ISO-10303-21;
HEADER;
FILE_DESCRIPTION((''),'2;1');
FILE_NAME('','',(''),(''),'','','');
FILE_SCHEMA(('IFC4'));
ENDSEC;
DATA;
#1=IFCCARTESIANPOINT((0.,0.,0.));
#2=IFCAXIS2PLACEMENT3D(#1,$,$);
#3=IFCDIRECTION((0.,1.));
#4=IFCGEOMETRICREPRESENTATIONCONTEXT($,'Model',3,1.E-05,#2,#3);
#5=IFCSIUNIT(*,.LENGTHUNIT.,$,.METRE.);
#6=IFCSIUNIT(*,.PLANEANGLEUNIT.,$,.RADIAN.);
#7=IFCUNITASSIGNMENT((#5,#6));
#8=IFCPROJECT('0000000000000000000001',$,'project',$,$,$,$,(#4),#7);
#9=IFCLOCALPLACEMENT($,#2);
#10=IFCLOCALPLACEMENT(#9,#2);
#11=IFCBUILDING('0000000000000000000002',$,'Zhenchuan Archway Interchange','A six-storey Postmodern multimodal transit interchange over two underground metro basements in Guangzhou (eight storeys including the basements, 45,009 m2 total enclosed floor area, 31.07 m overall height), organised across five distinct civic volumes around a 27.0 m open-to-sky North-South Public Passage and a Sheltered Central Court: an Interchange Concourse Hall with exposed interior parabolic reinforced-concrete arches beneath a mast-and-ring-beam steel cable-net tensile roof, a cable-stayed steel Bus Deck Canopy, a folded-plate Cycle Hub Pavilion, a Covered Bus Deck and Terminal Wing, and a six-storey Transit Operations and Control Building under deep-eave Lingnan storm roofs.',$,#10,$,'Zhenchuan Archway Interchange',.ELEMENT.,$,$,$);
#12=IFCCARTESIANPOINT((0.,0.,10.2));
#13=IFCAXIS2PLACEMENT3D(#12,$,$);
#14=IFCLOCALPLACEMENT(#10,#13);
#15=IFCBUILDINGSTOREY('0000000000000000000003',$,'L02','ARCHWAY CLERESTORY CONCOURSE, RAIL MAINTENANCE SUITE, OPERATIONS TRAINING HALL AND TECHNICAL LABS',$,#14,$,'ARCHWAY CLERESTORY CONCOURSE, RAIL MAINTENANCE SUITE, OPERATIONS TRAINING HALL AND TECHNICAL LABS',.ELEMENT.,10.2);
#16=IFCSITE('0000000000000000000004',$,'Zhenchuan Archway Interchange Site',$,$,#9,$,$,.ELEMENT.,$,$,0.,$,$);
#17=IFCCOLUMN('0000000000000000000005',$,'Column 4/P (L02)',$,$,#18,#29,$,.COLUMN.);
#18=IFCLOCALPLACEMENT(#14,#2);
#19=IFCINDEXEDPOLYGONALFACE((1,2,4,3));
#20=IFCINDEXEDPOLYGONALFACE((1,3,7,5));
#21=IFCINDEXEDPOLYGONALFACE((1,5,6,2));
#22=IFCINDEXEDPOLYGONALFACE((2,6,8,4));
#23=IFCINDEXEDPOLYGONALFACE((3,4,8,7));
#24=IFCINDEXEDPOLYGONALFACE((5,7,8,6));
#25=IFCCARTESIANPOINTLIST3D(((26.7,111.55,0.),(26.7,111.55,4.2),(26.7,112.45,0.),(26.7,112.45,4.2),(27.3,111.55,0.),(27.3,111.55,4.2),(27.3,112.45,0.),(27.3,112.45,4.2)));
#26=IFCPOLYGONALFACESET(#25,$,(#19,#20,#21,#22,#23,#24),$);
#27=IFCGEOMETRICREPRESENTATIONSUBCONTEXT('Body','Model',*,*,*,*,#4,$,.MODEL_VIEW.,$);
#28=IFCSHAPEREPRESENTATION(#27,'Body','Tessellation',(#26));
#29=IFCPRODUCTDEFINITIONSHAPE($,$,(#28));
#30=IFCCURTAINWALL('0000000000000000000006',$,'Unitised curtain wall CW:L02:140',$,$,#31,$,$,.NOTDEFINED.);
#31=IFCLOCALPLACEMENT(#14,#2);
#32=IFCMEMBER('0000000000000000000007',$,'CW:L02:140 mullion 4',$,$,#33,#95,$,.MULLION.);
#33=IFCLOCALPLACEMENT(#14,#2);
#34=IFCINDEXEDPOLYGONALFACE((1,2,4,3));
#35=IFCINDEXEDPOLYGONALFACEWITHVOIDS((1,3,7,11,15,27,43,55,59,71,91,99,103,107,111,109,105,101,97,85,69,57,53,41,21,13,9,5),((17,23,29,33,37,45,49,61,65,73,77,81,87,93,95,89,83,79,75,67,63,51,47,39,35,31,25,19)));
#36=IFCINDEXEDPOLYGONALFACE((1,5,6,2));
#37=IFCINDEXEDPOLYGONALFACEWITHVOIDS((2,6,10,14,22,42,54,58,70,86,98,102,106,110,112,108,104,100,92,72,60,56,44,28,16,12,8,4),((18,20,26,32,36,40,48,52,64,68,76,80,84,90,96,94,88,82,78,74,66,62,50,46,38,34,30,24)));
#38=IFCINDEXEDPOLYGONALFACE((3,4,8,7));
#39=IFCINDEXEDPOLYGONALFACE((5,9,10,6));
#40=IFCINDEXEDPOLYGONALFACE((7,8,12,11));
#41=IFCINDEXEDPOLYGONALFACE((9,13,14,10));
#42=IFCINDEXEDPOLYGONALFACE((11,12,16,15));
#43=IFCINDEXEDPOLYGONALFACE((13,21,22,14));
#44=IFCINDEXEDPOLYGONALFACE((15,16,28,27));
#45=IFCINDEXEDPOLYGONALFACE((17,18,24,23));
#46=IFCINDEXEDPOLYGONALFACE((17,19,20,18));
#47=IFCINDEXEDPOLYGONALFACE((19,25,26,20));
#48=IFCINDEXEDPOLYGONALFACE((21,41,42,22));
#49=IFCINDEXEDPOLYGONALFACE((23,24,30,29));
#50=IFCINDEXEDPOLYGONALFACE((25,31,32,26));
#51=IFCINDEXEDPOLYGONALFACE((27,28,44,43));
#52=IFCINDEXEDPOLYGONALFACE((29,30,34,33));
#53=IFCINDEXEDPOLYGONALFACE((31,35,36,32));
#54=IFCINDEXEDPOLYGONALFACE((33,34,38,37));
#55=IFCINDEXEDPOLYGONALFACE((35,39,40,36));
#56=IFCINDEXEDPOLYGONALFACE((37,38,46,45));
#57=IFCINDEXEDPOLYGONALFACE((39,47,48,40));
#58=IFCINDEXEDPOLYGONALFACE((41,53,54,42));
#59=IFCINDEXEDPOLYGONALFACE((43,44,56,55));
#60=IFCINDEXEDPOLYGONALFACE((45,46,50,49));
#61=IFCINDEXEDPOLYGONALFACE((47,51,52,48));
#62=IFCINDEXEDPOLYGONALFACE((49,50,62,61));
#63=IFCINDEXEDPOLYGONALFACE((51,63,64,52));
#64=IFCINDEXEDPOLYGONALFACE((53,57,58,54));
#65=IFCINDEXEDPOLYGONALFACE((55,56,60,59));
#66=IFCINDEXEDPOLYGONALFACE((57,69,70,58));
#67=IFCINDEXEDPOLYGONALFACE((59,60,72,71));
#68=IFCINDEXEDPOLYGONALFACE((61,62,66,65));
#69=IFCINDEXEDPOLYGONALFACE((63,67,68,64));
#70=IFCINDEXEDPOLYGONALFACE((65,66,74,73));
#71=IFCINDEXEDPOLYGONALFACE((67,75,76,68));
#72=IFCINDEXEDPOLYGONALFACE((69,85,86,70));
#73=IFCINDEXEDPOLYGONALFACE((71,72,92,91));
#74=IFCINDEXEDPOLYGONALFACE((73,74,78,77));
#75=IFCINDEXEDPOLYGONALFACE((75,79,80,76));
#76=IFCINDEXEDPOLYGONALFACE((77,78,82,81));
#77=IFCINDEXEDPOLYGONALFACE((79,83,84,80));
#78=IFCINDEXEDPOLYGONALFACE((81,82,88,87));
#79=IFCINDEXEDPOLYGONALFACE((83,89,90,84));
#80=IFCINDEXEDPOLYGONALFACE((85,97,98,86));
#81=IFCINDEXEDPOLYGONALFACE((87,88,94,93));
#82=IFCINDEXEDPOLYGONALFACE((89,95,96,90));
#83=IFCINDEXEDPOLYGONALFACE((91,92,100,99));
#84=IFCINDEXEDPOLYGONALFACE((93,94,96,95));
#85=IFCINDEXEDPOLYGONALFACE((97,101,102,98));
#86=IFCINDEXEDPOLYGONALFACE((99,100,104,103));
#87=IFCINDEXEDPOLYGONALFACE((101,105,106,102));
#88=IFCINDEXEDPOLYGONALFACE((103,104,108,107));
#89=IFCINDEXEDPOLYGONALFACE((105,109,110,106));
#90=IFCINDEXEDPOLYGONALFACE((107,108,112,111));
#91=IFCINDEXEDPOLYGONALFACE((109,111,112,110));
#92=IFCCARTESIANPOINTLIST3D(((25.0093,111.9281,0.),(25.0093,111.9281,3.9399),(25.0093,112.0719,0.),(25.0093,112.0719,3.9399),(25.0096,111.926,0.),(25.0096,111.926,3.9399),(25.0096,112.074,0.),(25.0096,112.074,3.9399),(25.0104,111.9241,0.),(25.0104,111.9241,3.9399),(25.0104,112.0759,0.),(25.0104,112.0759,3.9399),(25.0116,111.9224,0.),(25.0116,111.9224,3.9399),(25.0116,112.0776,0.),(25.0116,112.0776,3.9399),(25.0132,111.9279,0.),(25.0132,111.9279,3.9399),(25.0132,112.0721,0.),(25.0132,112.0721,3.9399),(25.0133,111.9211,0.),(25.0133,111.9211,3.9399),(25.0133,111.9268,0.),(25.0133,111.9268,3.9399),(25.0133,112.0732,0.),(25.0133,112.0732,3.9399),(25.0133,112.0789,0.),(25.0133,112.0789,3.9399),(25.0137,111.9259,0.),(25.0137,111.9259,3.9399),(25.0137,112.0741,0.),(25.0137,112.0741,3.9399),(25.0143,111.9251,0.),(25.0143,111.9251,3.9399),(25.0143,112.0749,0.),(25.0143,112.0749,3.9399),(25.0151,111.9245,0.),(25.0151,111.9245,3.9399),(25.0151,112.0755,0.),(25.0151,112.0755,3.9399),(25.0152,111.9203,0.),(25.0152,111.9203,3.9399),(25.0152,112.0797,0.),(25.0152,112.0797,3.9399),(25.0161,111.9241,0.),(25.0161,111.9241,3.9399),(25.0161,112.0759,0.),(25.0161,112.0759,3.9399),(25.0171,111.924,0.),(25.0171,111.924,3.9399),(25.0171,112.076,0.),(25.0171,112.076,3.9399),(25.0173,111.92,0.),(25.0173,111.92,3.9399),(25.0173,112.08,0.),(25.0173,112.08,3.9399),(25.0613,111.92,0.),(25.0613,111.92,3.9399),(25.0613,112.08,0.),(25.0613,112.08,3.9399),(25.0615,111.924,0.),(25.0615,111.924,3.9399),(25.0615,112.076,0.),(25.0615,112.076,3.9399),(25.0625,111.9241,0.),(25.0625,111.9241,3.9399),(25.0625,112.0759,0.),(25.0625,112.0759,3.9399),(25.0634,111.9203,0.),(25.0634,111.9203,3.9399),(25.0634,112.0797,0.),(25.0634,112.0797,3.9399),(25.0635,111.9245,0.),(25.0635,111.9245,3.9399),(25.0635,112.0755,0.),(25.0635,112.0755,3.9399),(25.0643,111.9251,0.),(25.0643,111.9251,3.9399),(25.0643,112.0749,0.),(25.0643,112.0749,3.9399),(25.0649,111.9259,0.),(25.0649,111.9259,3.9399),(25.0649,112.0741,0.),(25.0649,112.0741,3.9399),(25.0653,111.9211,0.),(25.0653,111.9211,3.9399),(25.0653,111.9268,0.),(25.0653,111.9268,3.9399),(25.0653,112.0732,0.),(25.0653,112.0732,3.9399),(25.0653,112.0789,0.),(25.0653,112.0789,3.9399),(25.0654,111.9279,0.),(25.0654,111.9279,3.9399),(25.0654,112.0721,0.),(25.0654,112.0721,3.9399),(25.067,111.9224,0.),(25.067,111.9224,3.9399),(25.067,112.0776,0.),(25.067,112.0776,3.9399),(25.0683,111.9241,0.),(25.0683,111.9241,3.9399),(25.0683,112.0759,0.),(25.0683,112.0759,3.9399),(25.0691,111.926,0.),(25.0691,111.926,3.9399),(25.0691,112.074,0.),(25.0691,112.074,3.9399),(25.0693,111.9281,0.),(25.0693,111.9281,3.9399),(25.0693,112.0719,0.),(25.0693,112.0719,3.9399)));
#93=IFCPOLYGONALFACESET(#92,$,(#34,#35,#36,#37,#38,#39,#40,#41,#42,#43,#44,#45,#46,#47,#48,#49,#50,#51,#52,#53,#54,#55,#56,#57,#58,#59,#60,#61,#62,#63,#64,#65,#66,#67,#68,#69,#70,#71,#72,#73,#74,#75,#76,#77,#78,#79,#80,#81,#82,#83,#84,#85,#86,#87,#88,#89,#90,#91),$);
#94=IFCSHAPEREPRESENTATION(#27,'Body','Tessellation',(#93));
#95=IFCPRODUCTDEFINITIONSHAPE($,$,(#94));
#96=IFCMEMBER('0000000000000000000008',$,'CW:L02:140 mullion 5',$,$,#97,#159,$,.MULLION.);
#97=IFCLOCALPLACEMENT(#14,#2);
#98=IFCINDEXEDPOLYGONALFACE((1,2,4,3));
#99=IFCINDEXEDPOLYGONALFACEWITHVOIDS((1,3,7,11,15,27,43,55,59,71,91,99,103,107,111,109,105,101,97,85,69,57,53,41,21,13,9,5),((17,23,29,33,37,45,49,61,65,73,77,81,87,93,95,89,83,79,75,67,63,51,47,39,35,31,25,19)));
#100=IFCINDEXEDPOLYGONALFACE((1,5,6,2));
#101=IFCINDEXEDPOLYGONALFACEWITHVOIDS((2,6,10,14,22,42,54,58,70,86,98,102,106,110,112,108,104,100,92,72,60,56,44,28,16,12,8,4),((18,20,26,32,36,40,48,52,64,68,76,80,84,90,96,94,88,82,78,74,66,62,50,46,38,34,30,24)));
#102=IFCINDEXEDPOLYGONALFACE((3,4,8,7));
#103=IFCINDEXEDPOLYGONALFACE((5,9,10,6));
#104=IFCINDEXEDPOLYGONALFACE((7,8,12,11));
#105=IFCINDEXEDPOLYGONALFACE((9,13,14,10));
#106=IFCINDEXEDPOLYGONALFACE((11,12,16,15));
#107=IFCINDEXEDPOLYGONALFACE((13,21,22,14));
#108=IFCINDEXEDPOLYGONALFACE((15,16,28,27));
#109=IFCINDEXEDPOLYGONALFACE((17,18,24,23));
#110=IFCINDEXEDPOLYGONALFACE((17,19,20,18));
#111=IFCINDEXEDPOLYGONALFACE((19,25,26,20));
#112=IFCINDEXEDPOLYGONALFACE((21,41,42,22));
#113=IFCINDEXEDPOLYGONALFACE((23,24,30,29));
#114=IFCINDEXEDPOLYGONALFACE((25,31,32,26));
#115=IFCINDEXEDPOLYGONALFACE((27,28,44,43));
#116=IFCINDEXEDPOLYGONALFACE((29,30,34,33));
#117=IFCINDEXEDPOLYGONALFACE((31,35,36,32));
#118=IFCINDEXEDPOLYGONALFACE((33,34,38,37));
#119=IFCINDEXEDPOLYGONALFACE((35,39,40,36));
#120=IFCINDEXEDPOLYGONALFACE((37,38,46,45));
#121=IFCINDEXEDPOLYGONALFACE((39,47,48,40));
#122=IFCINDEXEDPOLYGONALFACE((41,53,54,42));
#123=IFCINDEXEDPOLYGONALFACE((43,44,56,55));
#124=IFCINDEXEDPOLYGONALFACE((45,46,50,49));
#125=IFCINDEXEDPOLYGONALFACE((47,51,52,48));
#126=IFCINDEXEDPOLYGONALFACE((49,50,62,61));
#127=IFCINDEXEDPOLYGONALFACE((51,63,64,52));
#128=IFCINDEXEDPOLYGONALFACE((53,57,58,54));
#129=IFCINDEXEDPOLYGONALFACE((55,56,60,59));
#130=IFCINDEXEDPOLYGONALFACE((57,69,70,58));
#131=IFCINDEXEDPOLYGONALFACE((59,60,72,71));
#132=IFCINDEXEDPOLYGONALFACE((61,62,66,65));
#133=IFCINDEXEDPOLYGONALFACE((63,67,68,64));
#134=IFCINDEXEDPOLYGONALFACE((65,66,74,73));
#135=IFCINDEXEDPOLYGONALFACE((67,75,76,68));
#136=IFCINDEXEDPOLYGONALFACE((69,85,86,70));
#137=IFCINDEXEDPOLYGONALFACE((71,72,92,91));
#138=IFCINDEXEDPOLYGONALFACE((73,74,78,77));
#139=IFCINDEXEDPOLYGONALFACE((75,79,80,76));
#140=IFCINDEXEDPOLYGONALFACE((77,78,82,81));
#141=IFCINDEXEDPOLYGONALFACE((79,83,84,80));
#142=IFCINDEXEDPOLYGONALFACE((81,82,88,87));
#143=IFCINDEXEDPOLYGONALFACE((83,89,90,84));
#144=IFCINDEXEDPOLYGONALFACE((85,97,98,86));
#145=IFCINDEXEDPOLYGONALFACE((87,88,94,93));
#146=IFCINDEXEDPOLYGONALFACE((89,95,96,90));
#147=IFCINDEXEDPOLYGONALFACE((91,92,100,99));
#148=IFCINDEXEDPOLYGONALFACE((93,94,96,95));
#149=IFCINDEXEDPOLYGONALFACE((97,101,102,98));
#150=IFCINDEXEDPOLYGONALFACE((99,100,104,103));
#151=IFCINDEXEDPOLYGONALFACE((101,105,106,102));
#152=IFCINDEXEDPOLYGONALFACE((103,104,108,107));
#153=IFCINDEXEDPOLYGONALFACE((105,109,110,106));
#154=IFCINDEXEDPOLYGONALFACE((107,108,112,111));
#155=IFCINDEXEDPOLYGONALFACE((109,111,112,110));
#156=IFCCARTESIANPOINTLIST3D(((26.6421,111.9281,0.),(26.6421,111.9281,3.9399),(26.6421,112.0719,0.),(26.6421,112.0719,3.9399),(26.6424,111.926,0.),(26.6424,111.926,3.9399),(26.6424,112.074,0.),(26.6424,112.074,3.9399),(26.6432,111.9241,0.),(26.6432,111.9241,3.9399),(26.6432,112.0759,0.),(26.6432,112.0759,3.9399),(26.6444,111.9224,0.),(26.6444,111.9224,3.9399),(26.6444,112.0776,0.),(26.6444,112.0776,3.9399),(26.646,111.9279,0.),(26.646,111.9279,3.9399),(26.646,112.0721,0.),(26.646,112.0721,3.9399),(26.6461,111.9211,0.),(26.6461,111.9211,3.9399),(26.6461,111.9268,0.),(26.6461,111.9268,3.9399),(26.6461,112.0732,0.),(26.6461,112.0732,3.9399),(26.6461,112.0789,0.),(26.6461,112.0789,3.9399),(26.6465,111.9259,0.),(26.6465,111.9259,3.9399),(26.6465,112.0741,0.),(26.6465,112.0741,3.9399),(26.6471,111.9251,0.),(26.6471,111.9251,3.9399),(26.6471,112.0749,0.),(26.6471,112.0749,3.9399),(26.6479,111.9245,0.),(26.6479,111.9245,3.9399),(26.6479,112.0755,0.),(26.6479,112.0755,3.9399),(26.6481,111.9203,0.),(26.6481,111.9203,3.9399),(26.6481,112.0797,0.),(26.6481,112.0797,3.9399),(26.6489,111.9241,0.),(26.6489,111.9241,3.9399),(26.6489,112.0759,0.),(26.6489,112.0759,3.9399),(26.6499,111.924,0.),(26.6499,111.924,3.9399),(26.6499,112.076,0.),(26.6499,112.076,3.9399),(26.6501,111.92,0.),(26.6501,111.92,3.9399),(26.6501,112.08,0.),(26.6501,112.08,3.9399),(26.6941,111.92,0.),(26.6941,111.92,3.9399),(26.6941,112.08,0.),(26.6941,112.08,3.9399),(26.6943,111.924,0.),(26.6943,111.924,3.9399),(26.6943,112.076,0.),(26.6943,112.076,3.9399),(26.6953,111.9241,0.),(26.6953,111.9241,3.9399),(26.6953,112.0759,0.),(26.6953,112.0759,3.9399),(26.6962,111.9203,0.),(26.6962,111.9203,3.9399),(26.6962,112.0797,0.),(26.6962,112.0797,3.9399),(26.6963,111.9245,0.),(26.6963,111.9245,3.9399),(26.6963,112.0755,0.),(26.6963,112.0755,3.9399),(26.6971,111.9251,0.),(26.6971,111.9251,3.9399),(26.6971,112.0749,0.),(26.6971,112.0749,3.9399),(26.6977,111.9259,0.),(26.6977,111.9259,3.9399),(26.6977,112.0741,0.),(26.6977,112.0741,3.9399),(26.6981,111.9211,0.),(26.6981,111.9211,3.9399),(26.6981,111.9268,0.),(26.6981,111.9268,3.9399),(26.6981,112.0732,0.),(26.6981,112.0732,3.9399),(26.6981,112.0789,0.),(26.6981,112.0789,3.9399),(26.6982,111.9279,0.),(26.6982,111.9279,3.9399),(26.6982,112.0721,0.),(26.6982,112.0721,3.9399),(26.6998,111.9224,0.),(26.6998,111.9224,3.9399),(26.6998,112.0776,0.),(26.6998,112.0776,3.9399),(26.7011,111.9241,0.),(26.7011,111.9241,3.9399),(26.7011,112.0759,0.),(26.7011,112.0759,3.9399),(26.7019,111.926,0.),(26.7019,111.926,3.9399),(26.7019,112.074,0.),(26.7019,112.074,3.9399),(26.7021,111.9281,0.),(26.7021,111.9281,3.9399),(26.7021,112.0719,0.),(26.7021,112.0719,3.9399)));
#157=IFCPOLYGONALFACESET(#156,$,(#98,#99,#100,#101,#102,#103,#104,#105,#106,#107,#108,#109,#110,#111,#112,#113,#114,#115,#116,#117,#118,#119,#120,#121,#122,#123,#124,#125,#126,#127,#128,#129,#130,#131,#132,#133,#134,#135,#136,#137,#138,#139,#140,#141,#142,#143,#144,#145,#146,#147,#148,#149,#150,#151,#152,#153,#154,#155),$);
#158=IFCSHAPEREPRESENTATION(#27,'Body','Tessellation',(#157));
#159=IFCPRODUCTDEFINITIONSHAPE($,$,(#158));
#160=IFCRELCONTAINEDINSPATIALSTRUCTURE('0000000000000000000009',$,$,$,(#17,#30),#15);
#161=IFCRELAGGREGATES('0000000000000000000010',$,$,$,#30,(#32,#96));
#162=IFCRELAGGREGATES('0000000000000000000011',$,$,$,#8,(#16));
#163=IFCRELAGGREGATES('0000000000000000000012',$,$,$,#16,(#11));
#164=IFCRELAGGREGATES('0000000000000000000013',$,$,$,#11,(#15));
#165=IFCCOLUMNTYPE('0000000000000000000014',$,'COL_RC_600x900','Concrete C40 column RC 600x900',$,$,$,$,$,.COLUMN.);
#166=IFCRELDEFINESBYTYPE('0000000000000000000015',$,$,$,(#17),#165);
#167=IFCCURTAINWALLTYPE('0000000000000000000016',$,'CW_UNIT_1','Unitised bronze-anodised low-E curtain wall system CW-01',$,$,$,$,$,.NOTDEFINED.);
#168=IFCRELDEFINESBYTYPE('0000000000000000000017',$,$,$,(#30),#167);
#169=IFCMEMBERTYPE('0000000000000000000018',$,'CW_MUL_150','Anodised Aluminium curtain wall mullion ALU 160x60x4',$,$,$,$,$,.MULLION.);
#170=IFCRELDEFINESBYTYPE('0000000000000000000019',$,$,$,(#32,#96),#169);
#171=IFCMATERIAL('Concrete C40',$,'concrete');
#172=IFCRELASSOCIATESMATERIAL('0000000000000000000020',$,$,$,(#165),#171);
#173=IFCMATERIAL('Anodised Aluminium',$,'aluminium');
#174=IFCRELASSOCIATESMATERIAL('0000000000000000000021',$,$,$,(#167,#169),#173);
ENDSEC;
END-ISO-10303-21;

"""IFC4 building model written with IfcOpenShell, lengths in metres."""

from ifc_helpers import new_model, si_unit, direction, frame, origin, origin_2d, place, context, subcontext, project, spatial, rectangle, hollow_rectangle, extrude, material, material_profile, profile_set, type_object, element, aggregate, save


model = new_model("IFC4")

# Units and contexts
model_context = context("Model", 3, precision=1e-05, world=origin(), true_north=direction((0.0, 1.0)))
body_context = subcontext(model_context, "Body", "Model", "MODEL_VIEW")
ifc_project = project(units=[si_unit("LENGTHUNIT", "METRE"), si_unit("PLANEANGLEUNIT", "RADIAN")], contexts=[model_context])

# Site, building, storey
site_placement = place(None, origin())
site = spatial("IfcSite", under=ifc_project, at=site_placement, Name="Zhenchuan Archway Interchange Site", CompositionType="ELEMENT", RefElevation=0.0)
building_placement = place(site_placement, origin())
building = spatial("IfcBuilding", under=site, at=building_placement, Name="Zhenchuan Archway Interchange", Description="A six-storey Postmodern multimodal transit interchange over two underground metro basements in Guangzhou (eight storeys including the basements, 45,009 m2 total enclosed floor area, 31.07 m overall height), organised across five distinct civic volumes around a 27.0 m open-to-sky North-South Public Passage and a Sheltered Central Court: an Interchange Concourse Hall with exposed interior parabolic reinforced-concrete arches beneath a mast-and-ring-beam steel cable-net tensile roof, a cable-stayed steel Bus Deck Canopy, a folded-plate Cycle Hub Pavilion, a Covered Bus Deck and Terminal Wing, and a six-storey Transit Operations and Control Building under deep-eave Lingnan storm roofs.", LongName="Zhenchuan Archway Interchange", CompositionType="ELEMENT")
storey_placement = place(building_placement, frame((0.0, 0.0, 10.2)))
storey = spatial("IfcBuildingStorey", under=building, at=storey_placement, Name="L02", Description="ARCHWAY CLERESTORY CONCOURSE, RAIL MAINTENANCE SUITE, OPERATIONS TRAINING HALL AND TECHNICAL LABS", LongName="ARCHWAY CLERESTORY CONCOURSE, RAIL MAINTENANCE SUITE, OPERATIONS TRAINING HALL AND TECHNICAL LABS", CompositionType="ELEMENT", Elevation=10.2)

# Column
ifc_material_1 = material(Name="Concrete C40", Category="concrete")
ifc_material_profile_1 = material_profile(ifc_material_1, rectangle(XDim=0.6001, YDim=0.8999, at=origin_2d()), Name="RC 600x900")
ifc_profile_set_1 = profile_set([ifc_material_profile_1], Name="Concrete C40")
column_type = type_object("IfcColumnType", Name="COL_RC_600x900", Description="Concrete C40 column RC 600x900", PredefinedType="COLUMN", material=ifc_profile_set_1)
column_placement = place(storey_placement, frame((27.0, 112.0, 0.0), z_axis=(0.0, 0.0, 1.0), x_axis=(1.0, 0.0, 0.0)))
element("IfcColumn", 1, at=column_placement, inside=storey, type_object=column_type, Name="Column 4/P (L02)", PredefinedType="COLUMN", context=body_context, shape_type="SweptSolid", body=[
    extrude(rectangle(XDim=0.6001, YDim=0.8999, at=origin_2d()), origin(), (0.0, 0.0, 1.0), 4.2),
])

# Curtain wall, members
ifc_material_2 = material(Name="Anodised Aluminium", Category="aluminium")
curtain_wall_type_1 = type_object("IfcCurtainWallType", Name="CW_UNIT_1", Description="Unitised bronze-anodised low-E curtain wall system CW-01", PredefinedType="NOTDEFINED", material=ifc_material_2)
curtain_wall_1_placement = place(storey_placement, origin())
curtain_wall_1 = element("IfcCurtainWall", 2, at=curtain_wall_1_placement, inside=storey, type_object=curtain_wall_type_1, Name="Unitised curtain wall CW:L02:140", PredefinedType="NOTDEFINED")
ifc_material_profile_2 = material_profile(ifc_material_2, hollow_rectangle(XDim=0.0601, YDim=0.1599, WallThickness=0.0039, InnerFilletRadius=0.0039, OuterFilletRadius=0.0081, at=origin_2d()), Name="ALU 160x60x4")
ifc_profile_set_2 = profile_set([ifc_material_profile_2], Name="Anodised Aluminium")
member_type_1 = type_object("IfcMemberType", Name="CW_MUL_150", Description="Anodised Aluminium curtain wall mullion ALU 160x60x4", PredefinedType="MULLION", material=ifc_profile_set_2)
member_1_placement = place(storey_placement, frame((25.0393, 112.0, 0.0), z_axis=(0.0, 0.0, 1.0), x_axis=(1.0, 0.0, 0.0)))
member_1 = element("IfcMember", 3, at=member_1_placement, type_object=member_type_1, Name="CW:L02:140 mullion 4", PredefinedType="MULLION", context=body_context, shape_type="SweptSolid", body=[
    extrude(hollow_rectangle(XDim=0.0601, YDim=0.1599, WallThickness=0.0039, InnerFilletRadius=0.0039, OuterFilletRadius=0.0081, at=origin_2d()), origin(), (0.0, 0.0, 1.0), 3.9399),
])
member_2_placement = place(storey_placement, frame((26.6721, 112.0, 0.0), z_axis=(0.0, 0.0, 1.0), x_axis=(1.0, 0.0, 0.0)))
member_2 = element("IfcMember", 4, at=member_2_placement, type_object=member_type_1, Name="CW:L02:140 mullion 5", PredefinedType="MULLION", context=body_context, shape_type="SweptSolid", body=[
    extrude(hollow_rectangle(XDim=0.0601, YDim=0.1599, WallThickness=0.0039, InnerFilletRadius=0.0039, OuterFilletRadius=0.0081, at=origin_2d()), origin(), (0.0, 0.0, 1.0), 3.9399),
])

aggregate(curtain_wall_1, [member_1, member_2])

save(model, "model.ifc")
